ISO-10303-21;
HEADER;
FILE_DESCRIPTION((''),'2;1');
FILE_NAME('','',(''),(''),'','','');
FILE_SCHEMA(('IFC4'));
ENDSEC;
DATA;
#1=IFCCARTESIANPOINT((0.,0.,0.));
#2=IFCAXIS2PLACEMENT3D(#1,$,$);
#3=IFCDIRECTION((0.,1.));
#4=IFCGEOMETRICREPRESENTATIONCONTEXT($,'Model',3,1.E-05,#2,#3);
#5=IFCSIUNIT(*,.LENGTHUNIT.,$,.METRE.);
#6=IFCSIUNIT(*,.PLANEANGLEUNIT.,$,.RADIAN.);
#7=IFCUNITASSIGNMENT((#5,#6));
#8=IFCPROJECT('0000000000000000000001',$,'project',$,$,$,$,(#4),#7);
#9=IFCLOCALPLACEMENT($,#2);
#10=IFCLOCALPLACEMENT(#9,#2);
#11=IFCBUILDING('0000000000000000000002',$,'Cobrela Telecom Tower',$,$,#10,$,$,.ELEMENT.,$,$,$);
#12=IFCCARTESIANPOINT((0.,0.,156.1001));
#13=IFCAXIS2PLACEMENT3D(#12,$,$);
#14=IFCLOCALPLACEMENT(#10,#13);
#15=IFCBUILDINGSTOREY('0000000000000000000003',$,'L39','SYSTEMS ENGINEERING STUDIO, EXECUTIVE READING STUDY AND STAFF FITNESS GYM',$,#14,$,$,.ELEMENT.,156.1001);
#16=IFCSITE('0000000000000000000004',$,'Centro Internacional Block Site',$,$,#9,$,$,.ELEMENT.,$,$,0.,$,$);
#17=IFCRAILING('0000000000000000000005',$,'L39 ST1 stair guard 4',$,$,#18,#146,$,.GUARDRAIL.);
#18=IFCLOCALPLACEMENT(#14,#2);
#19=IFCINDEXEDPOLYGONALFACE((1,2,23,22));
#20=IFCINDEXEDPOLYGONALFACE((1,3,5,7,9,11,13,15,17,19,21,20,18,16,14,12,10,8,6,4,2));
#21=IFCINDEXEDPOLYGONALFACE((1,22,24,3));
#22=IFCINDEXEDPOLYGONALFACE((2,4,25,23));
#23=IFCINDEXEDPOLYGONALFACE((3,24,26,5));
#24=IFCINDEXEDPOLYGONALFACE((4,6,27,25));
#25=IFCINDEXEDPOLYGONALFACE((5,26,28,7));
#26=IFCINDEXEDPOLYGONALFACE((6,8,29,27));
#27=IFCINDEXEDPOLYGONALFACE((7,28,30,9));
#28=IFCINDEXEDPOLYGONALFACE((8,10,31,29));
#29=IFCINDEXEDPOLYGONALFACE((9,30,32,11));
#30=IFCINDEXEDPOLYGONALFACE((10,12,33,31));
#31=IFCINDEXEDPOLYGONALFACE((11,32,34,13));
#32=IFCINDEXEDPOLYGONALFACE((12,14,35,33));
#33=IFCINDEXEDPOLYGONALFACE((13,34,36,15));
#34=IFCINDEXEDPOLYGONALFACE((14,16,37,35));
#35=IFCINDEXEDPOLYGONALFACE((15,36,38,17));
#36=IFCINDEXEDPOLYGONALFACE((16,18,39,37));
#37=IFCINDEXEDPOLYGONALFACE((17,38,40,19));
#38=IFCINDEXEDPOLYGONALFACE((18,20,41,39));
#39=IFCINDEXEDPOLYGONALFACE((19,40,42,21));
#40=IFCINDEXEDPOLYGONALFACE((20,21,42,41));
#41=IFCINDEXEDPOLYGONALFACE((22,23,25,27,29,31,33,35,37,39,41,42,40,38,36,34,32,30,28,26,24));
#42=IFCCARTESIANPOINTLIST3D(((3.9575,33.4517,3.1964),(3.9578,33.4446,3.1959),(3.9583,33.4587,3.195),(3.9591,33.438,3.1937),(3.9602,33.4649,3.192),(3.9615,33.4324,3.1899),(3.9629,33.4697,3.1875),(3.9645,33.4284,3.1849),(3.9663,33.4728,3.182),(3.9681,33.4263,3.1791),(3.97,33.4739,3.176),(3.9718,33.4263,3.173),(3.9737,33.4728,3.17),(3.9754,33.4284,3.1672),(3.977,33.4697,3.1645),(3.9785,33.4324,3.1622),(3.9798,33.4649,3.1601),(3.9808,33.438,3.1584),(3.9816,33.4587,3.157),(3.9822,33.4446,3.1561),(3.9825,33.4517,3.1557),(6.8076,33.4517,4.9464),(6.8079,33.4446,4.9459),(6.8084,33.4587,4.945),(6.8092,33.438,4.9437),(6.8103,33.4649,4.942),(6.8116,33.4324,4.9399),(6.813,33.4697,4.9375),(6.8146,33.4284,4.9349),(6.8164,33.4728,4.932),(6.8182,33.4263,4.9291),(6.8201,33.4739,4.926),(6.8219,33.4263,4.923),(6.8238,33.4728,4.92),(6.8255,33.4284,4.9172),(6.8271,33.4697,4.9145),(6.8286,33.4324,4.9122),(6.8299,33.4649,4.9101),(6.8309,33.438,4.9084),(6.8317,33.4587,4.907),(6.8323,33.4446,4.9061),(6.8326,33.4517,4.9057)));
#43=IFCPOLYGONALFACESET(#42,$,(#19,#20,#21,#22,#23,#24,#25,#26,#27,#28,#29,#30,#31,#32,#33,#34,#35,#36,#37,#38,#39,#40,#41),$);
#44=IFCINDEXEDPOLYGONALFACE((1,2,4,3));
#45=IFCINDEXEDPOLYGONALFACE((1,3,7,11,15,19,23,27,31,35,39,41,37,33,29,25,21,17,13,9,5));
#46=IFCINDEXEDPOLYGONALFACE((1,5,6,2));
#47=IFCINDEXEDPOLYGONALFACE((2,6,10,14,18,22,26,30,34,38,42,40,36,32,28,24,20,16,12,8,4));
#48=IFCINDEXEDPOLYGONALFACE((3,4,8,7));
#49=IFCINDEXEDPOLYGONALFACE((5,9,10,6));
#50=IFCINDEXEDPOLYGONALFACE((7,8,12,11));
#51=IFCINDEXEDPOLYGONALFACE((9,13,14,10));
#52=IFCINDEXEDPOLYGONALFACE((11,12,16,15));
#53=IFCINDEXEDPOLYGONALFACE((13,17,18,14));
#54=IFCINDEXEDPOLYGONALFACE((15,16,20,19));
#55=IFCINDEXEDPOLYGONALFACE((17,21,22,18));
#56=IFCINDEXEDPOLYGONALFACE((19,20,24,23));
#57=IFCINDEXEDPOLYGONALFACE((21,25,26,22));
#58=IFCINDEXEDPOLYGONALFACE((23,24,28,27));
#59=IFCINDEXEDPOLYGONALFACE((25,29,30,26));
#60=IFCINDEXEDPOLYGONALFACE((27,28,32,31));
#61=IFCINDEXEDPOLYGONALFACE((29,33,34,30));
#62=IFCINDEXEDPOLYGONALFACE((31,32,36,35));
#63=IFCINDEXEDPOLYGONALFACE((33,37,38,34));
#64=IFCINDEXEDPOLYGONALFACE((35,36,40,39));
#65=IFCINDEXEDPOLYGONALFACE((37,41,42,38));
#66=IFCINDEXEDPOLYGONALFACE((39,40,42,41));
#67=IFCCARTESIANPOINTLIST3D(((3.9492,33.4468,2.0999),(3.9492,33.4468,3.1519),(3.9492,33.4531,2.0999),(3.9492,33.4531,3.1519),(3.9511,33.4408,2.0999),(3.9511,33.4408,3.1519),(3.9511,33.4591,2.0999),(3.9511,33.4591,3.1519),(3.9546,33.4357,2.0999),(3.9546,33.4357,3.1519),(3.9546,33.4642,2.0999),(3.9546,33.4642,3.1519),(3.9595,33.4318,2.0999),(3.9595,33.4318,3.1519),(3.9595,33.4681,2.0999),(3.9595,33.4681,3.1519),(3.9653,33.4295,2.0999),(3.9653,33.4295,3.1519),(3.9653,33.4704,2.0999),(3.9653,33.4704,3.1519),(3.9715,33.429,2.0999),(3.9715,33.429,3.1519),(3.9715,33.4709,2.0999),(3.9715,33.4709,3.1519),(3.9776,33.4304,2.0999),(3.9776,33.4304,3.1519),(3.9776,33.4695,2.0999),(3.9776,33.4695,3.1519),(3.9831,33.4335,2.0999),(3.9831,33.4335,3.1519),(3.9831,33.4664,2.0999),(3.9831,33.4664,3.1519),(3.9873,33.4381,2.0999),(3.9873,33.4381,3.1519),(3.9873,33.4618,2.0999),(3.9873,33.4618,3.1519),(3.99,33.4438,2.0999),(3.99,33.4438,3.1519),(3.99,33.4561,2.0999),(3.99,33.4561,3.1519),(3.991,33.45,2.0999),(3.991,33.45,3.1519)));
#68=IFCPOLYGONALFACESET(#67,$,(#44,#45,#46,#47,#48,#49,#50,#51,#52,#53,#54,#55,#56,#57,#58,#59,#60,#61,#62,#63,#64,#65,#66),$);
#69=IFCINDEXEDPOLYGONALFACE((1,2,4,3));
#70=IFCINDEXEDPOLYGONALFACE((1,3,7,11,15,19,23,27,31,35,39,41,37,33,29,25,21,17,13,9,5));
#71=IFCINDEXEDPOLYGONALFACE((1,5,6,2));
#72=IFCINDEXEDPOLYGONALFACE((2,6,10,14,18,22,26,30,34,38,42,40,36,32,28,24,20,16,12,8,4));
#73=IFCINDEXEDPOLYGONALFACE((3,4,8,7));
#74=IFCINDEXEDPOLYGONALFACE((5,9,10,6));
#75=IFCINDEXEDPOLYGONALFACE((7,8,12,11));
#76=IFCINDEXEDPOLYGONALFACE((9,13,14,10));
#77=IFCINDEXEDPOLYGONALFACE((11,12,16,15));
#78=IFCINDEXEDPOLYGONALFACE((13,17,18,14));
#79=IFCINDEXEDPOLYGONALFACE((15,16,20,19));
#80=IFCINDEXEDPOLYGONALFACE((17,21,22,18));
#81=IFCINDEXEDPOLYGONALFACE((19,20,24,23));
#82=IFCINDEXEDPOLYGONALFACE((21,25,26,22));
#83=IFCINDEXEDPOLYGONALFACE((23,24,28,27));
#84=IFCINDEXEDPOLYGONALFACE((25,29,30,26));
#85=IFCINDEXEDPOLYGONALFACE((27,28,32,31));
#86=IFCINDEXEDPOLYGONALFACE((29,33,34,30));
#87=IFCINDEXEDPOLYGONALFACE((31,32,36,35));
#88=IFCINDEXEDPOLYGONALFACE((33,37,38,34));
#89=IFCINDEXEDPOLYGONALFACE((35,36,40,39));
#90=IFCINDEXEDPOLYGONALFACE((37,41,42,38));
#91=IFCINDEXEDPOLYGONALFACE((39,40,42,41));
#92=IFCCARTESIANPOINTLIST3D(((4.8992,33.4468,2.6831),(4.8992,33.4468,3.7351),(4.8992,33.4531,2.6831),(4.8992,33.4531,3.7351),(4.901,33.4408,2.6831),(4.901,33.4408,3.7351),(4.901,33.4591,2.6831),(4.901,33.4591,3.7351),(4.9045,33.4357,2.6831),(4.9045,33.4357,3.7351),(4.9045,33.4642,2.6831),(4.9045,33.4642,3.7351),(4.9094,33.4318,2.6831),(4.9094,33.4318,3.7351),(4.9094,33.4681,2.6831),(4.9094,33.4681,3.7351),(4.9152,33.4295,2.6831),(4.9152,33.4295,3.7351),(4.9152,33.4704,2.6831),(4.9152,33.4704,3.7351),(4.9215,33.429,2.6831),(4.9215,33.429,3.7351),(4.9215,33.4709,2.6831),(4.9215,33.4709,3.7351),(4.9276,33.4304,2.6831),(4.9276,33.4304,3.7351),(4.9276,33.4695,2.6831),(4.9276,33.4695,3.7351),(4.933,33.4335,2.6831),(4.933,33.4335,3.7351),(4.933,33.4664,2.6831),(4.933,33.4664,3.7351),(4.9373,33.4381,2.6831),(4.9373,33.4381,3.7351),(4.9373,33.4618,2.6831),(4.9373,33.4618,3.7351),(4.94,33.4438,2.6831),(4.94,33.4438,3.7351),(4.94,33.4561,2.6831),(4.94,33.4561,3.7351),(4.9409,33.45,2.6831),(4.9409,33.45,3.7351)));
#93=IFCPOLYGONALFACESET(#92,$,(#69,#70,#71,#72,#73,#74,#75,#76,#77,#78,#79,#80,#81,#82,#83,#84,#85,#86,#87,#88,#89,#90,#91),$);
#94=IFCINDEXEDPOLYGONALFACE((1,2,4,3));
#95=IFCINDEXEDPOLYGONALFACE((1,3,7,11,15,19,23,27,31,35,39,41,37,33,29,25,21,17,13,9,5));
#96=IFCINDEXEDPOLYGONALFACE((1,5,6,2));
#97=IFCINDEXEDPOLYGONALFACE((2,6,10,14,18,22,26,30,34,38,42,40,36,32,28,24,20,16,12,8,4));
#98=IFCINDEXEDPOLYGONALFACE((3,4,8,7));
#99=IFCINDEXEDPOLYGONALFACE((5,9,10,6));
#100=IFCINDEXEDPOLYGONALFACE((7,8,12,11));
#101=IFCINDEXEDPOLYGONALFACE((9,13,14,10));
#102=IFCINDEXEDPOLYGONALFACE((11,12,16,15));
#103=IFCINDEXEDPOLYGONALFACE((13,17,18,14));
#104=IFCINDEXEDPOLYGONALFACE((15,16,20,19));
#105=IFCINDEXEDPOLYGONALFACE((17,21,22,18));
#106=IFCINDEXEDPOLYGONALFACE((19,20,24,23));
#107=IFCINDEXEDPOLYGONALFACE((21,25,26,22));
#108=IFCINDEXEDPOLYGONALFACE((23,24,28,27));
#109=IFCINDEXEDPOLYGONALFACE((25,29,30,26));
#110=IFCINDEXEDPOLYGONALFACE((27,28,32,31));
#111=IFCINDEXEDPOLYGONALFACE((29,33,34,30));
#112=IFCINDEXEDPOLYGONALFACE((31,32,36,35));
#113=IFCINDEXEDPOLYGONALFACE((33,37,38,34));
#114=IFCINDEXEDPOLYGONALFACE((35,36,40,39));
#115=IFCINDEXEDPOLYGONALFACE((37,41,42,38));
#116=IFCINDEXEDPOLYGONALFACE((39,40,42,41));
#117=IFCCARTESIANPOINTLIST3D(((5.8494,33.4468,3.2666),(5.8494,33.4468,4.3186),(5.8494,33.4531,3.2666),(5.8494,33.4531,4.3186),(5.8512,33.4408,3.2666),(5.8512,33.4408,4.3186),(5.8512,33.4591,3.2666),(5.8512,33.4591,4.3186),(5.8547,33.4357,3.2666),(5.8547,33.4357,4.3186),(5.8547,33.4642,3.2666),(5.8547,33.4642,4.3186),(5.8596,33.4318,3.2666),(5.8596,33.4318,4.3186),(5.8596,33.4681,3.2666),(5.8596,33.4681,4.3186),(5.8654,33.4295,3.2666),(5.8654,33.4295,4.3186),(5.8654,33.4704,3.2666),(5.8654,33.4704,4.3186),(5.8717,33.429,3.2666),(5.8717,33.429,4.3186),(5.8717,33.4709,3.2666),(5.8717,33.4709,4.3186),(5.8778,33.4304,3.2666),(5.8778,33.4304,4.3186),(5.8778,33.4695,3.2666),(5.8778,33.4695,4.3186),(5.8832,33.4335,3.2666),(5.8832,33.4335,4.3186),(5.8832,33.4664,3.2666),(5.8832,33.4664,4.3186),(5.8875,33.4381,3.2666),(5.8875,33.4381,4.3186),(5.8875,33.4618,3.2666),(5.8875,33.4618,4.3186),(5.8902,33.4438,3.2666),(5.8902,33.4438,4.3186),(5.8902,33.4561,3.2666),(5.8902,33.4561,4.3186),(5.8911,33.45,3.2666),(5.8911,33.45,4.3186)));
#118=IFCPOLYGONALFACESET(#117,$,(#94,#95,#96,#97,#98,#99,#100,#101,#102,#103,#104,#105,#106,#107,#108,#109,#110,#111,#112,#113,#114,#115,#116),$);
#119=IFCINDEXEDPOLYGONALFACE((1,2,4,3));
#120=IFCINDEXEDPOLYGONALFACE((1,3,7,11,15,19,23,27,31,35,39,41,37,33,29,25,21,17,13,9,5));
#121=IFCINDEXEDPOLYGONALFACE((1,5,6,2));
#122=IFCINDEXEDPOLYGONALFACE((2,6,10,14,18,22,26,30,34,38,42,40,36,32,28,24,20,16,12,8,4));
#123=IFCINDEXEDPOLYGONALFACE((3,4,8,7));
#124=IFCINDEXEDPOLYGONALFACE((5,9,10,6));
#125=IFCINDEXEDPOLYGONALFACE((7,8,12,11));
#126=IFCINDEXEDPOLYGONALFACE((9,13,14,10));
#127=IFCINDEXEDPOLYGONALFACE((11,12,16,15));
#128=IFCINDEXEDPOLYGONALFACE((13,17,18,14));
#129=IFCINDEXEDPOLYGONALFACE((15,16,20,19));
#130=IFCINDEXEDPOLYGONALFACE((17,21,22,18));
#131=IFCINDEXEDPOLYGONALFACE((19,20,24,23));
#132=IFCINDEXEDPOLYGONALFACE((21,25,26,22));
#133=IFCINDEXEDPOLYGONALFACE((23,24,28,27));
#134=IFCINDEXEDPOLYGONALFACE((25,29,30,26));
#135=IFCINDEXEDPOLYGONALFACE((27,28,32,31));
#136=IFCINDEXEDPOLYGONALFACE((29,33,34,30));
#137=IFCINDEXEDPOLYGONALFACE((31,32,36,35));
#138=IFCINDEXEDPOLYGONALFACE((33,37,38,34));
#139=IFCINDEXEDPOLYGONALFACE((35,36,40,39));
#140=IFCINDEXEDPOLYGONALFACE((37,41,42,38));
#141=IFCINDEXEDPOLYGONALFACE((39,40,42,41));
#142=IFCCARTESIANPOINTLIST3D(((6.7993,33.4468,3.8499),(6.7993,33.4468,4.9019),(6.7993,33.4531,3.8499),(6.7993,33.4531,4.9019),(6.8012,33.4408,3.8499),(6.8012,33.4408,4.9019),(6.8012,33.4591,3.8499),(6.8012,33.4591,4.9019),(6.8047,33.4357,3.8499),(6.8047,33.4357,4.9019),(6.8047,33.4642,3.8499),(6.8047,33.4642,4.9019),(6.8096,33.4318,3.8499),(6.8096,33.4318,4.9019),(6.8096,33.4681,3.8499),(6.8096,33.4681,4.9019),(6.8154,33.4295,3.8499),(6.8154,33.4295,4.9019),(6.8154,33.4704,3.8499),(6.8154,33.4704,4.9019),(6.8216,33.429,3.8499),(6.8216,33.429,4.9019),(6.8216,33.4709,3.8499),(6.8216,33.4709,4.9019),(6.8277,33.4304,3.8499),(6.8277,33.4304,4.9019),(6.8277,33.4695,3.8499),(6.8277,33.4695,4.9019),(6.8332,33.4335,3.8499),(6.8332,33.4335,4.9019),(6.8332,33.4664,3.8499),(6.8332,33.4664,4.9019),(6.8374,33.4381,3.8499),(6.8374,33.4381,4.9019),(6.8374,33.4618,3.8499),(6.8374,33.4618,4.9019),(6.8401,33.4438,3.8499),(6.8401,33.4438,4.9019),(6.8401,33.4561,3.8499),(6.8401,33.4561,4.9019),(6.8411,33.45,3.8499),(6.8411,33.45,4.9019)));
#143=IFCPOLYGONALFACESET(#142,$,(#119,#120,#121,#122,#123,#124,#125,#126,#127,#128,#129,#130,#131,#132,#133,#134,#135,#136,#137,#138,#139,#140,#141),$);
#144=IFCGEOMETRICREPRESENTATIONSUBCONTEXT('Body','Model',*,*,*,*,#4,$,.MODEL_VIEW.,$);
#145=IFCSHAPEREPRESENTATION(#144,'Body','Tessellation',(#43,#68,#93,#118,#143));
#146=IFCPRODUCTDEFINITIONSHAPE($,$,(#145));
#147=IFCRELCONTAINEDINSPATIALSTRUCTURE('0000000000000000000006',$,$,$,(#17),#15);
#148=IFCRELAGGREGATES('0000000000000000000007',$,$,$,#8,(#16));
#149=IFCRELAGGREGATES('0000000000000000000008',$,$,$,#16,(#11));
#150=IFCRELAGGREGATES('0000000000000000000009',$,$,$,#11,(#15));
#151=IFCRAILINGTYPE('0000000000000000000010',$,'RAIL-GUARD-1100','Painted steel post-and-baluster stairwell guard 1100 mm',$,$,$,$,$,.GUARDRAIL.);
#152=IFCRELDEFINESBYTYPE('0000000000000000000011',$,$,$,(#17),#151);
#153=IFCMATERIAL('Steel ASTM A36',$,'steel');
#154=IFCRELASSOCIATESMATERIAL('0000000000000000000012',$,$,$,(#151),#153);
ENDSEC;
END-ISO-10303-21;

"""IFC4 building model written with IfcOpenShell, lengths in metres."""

from ifc_helpers import new_model, si_unit, direction, frame, origin, origin_2d, place, context, subcontext, project, spatial, circle, extrude, material, type_object, element, save


model = new_model("IFC4")

# Units and contexts
model_context = context("Model", 3, precision=1e-05, world=origin(), true_north=direction((0.0, 1.0)))
body_context = subcontext(model_context, "Body", "Model", "MODEL_VIEW")
ifc_project = project(units=[si_unit("LENGTHUNIT", "METRE"), si_unit("PLANEANGLEUNIT", "RADIAN")], contexts=[model_context])

# Site, building, storey
site_placement = place(None, origin())
site = spatial("IfcSite", under=ifc_project, at=site_placement, Name="Centro Internacional Block Site", CompositionType="ELEMENT", RefElevation=0.0)
building_placement = place(site_placement, origin())
building = spatial("IfcBuilding", under=site, at=building_placement, Name="Cobrela Telecom Tower", CompositionType="ELEMENT")
storey_placement = place(building_placement, frame((0.0, 0.0, 156.1001)))
storey = spatial("IfcBuildingStorey", under=building, at=storey_placement, Name="L39", Description="SYSTEMS ENGINEERING STUDIO, EXECUTIVE READING STUDY AND STAFF FITNESS GYM", CompositionType="ELEMENT", Elevation=156.1001)

# Shared definitions
ifc_material_1 = material(Name="Steel ASTM A36", Category="steel")

# Railing
railing_type_1 = type_object("IfcRailingType", Name="RAIL-GUARD-1100", Description="Painted steel post-and-baluster stairwell guard 1100 mm", PredefinedType="GUARDRAIL", material=ifc_material_1)
railing_1_placement = place(storey_placement, frame((3.97, 33.45, 2.0999)))
element("IfcRailing", 1, at=railing_1_placement, inside=storey, type_object=railing_type_1, Name="L39 ST1 stair guard 4", PredefinedType="GUARDRAIL", context=body_context, shape_type="SweptSolid", body=[
    extrude(circle(Radius=0.0239, at=origin_2d()), frame((0.0, 0.0, 1.0762), z_axis=(0.852179, 0.0, 0.52325), x_axis=(0.0, 1.0, 0.0)), (0.0, 0.0, 1.0), 3.3445),
    extrude(circle(Radius=0.021, at=origin_2d()), origin(), (0.0, 0.0, 1.0), 1.052),
    extrude(circle(Radius=0.021, at=origin_2d()), frame((0.95, 0.0, 0.5833)), (0.0, 0.0, 1.0), 1.052),
    extrude(circle(Radius=0.021, at=origin_2d()), frame((1.9001, 0.0, 1.1667)), (0.0, 0.0, 1.0), 1.052),
    extrude(circle(Radius=0.021, at=origin_2d()), frame((2.8501, 0.0, 1.75)), (0.0, 0.0, 1.0), 1.052),
])

save(model, "model.ifc")
